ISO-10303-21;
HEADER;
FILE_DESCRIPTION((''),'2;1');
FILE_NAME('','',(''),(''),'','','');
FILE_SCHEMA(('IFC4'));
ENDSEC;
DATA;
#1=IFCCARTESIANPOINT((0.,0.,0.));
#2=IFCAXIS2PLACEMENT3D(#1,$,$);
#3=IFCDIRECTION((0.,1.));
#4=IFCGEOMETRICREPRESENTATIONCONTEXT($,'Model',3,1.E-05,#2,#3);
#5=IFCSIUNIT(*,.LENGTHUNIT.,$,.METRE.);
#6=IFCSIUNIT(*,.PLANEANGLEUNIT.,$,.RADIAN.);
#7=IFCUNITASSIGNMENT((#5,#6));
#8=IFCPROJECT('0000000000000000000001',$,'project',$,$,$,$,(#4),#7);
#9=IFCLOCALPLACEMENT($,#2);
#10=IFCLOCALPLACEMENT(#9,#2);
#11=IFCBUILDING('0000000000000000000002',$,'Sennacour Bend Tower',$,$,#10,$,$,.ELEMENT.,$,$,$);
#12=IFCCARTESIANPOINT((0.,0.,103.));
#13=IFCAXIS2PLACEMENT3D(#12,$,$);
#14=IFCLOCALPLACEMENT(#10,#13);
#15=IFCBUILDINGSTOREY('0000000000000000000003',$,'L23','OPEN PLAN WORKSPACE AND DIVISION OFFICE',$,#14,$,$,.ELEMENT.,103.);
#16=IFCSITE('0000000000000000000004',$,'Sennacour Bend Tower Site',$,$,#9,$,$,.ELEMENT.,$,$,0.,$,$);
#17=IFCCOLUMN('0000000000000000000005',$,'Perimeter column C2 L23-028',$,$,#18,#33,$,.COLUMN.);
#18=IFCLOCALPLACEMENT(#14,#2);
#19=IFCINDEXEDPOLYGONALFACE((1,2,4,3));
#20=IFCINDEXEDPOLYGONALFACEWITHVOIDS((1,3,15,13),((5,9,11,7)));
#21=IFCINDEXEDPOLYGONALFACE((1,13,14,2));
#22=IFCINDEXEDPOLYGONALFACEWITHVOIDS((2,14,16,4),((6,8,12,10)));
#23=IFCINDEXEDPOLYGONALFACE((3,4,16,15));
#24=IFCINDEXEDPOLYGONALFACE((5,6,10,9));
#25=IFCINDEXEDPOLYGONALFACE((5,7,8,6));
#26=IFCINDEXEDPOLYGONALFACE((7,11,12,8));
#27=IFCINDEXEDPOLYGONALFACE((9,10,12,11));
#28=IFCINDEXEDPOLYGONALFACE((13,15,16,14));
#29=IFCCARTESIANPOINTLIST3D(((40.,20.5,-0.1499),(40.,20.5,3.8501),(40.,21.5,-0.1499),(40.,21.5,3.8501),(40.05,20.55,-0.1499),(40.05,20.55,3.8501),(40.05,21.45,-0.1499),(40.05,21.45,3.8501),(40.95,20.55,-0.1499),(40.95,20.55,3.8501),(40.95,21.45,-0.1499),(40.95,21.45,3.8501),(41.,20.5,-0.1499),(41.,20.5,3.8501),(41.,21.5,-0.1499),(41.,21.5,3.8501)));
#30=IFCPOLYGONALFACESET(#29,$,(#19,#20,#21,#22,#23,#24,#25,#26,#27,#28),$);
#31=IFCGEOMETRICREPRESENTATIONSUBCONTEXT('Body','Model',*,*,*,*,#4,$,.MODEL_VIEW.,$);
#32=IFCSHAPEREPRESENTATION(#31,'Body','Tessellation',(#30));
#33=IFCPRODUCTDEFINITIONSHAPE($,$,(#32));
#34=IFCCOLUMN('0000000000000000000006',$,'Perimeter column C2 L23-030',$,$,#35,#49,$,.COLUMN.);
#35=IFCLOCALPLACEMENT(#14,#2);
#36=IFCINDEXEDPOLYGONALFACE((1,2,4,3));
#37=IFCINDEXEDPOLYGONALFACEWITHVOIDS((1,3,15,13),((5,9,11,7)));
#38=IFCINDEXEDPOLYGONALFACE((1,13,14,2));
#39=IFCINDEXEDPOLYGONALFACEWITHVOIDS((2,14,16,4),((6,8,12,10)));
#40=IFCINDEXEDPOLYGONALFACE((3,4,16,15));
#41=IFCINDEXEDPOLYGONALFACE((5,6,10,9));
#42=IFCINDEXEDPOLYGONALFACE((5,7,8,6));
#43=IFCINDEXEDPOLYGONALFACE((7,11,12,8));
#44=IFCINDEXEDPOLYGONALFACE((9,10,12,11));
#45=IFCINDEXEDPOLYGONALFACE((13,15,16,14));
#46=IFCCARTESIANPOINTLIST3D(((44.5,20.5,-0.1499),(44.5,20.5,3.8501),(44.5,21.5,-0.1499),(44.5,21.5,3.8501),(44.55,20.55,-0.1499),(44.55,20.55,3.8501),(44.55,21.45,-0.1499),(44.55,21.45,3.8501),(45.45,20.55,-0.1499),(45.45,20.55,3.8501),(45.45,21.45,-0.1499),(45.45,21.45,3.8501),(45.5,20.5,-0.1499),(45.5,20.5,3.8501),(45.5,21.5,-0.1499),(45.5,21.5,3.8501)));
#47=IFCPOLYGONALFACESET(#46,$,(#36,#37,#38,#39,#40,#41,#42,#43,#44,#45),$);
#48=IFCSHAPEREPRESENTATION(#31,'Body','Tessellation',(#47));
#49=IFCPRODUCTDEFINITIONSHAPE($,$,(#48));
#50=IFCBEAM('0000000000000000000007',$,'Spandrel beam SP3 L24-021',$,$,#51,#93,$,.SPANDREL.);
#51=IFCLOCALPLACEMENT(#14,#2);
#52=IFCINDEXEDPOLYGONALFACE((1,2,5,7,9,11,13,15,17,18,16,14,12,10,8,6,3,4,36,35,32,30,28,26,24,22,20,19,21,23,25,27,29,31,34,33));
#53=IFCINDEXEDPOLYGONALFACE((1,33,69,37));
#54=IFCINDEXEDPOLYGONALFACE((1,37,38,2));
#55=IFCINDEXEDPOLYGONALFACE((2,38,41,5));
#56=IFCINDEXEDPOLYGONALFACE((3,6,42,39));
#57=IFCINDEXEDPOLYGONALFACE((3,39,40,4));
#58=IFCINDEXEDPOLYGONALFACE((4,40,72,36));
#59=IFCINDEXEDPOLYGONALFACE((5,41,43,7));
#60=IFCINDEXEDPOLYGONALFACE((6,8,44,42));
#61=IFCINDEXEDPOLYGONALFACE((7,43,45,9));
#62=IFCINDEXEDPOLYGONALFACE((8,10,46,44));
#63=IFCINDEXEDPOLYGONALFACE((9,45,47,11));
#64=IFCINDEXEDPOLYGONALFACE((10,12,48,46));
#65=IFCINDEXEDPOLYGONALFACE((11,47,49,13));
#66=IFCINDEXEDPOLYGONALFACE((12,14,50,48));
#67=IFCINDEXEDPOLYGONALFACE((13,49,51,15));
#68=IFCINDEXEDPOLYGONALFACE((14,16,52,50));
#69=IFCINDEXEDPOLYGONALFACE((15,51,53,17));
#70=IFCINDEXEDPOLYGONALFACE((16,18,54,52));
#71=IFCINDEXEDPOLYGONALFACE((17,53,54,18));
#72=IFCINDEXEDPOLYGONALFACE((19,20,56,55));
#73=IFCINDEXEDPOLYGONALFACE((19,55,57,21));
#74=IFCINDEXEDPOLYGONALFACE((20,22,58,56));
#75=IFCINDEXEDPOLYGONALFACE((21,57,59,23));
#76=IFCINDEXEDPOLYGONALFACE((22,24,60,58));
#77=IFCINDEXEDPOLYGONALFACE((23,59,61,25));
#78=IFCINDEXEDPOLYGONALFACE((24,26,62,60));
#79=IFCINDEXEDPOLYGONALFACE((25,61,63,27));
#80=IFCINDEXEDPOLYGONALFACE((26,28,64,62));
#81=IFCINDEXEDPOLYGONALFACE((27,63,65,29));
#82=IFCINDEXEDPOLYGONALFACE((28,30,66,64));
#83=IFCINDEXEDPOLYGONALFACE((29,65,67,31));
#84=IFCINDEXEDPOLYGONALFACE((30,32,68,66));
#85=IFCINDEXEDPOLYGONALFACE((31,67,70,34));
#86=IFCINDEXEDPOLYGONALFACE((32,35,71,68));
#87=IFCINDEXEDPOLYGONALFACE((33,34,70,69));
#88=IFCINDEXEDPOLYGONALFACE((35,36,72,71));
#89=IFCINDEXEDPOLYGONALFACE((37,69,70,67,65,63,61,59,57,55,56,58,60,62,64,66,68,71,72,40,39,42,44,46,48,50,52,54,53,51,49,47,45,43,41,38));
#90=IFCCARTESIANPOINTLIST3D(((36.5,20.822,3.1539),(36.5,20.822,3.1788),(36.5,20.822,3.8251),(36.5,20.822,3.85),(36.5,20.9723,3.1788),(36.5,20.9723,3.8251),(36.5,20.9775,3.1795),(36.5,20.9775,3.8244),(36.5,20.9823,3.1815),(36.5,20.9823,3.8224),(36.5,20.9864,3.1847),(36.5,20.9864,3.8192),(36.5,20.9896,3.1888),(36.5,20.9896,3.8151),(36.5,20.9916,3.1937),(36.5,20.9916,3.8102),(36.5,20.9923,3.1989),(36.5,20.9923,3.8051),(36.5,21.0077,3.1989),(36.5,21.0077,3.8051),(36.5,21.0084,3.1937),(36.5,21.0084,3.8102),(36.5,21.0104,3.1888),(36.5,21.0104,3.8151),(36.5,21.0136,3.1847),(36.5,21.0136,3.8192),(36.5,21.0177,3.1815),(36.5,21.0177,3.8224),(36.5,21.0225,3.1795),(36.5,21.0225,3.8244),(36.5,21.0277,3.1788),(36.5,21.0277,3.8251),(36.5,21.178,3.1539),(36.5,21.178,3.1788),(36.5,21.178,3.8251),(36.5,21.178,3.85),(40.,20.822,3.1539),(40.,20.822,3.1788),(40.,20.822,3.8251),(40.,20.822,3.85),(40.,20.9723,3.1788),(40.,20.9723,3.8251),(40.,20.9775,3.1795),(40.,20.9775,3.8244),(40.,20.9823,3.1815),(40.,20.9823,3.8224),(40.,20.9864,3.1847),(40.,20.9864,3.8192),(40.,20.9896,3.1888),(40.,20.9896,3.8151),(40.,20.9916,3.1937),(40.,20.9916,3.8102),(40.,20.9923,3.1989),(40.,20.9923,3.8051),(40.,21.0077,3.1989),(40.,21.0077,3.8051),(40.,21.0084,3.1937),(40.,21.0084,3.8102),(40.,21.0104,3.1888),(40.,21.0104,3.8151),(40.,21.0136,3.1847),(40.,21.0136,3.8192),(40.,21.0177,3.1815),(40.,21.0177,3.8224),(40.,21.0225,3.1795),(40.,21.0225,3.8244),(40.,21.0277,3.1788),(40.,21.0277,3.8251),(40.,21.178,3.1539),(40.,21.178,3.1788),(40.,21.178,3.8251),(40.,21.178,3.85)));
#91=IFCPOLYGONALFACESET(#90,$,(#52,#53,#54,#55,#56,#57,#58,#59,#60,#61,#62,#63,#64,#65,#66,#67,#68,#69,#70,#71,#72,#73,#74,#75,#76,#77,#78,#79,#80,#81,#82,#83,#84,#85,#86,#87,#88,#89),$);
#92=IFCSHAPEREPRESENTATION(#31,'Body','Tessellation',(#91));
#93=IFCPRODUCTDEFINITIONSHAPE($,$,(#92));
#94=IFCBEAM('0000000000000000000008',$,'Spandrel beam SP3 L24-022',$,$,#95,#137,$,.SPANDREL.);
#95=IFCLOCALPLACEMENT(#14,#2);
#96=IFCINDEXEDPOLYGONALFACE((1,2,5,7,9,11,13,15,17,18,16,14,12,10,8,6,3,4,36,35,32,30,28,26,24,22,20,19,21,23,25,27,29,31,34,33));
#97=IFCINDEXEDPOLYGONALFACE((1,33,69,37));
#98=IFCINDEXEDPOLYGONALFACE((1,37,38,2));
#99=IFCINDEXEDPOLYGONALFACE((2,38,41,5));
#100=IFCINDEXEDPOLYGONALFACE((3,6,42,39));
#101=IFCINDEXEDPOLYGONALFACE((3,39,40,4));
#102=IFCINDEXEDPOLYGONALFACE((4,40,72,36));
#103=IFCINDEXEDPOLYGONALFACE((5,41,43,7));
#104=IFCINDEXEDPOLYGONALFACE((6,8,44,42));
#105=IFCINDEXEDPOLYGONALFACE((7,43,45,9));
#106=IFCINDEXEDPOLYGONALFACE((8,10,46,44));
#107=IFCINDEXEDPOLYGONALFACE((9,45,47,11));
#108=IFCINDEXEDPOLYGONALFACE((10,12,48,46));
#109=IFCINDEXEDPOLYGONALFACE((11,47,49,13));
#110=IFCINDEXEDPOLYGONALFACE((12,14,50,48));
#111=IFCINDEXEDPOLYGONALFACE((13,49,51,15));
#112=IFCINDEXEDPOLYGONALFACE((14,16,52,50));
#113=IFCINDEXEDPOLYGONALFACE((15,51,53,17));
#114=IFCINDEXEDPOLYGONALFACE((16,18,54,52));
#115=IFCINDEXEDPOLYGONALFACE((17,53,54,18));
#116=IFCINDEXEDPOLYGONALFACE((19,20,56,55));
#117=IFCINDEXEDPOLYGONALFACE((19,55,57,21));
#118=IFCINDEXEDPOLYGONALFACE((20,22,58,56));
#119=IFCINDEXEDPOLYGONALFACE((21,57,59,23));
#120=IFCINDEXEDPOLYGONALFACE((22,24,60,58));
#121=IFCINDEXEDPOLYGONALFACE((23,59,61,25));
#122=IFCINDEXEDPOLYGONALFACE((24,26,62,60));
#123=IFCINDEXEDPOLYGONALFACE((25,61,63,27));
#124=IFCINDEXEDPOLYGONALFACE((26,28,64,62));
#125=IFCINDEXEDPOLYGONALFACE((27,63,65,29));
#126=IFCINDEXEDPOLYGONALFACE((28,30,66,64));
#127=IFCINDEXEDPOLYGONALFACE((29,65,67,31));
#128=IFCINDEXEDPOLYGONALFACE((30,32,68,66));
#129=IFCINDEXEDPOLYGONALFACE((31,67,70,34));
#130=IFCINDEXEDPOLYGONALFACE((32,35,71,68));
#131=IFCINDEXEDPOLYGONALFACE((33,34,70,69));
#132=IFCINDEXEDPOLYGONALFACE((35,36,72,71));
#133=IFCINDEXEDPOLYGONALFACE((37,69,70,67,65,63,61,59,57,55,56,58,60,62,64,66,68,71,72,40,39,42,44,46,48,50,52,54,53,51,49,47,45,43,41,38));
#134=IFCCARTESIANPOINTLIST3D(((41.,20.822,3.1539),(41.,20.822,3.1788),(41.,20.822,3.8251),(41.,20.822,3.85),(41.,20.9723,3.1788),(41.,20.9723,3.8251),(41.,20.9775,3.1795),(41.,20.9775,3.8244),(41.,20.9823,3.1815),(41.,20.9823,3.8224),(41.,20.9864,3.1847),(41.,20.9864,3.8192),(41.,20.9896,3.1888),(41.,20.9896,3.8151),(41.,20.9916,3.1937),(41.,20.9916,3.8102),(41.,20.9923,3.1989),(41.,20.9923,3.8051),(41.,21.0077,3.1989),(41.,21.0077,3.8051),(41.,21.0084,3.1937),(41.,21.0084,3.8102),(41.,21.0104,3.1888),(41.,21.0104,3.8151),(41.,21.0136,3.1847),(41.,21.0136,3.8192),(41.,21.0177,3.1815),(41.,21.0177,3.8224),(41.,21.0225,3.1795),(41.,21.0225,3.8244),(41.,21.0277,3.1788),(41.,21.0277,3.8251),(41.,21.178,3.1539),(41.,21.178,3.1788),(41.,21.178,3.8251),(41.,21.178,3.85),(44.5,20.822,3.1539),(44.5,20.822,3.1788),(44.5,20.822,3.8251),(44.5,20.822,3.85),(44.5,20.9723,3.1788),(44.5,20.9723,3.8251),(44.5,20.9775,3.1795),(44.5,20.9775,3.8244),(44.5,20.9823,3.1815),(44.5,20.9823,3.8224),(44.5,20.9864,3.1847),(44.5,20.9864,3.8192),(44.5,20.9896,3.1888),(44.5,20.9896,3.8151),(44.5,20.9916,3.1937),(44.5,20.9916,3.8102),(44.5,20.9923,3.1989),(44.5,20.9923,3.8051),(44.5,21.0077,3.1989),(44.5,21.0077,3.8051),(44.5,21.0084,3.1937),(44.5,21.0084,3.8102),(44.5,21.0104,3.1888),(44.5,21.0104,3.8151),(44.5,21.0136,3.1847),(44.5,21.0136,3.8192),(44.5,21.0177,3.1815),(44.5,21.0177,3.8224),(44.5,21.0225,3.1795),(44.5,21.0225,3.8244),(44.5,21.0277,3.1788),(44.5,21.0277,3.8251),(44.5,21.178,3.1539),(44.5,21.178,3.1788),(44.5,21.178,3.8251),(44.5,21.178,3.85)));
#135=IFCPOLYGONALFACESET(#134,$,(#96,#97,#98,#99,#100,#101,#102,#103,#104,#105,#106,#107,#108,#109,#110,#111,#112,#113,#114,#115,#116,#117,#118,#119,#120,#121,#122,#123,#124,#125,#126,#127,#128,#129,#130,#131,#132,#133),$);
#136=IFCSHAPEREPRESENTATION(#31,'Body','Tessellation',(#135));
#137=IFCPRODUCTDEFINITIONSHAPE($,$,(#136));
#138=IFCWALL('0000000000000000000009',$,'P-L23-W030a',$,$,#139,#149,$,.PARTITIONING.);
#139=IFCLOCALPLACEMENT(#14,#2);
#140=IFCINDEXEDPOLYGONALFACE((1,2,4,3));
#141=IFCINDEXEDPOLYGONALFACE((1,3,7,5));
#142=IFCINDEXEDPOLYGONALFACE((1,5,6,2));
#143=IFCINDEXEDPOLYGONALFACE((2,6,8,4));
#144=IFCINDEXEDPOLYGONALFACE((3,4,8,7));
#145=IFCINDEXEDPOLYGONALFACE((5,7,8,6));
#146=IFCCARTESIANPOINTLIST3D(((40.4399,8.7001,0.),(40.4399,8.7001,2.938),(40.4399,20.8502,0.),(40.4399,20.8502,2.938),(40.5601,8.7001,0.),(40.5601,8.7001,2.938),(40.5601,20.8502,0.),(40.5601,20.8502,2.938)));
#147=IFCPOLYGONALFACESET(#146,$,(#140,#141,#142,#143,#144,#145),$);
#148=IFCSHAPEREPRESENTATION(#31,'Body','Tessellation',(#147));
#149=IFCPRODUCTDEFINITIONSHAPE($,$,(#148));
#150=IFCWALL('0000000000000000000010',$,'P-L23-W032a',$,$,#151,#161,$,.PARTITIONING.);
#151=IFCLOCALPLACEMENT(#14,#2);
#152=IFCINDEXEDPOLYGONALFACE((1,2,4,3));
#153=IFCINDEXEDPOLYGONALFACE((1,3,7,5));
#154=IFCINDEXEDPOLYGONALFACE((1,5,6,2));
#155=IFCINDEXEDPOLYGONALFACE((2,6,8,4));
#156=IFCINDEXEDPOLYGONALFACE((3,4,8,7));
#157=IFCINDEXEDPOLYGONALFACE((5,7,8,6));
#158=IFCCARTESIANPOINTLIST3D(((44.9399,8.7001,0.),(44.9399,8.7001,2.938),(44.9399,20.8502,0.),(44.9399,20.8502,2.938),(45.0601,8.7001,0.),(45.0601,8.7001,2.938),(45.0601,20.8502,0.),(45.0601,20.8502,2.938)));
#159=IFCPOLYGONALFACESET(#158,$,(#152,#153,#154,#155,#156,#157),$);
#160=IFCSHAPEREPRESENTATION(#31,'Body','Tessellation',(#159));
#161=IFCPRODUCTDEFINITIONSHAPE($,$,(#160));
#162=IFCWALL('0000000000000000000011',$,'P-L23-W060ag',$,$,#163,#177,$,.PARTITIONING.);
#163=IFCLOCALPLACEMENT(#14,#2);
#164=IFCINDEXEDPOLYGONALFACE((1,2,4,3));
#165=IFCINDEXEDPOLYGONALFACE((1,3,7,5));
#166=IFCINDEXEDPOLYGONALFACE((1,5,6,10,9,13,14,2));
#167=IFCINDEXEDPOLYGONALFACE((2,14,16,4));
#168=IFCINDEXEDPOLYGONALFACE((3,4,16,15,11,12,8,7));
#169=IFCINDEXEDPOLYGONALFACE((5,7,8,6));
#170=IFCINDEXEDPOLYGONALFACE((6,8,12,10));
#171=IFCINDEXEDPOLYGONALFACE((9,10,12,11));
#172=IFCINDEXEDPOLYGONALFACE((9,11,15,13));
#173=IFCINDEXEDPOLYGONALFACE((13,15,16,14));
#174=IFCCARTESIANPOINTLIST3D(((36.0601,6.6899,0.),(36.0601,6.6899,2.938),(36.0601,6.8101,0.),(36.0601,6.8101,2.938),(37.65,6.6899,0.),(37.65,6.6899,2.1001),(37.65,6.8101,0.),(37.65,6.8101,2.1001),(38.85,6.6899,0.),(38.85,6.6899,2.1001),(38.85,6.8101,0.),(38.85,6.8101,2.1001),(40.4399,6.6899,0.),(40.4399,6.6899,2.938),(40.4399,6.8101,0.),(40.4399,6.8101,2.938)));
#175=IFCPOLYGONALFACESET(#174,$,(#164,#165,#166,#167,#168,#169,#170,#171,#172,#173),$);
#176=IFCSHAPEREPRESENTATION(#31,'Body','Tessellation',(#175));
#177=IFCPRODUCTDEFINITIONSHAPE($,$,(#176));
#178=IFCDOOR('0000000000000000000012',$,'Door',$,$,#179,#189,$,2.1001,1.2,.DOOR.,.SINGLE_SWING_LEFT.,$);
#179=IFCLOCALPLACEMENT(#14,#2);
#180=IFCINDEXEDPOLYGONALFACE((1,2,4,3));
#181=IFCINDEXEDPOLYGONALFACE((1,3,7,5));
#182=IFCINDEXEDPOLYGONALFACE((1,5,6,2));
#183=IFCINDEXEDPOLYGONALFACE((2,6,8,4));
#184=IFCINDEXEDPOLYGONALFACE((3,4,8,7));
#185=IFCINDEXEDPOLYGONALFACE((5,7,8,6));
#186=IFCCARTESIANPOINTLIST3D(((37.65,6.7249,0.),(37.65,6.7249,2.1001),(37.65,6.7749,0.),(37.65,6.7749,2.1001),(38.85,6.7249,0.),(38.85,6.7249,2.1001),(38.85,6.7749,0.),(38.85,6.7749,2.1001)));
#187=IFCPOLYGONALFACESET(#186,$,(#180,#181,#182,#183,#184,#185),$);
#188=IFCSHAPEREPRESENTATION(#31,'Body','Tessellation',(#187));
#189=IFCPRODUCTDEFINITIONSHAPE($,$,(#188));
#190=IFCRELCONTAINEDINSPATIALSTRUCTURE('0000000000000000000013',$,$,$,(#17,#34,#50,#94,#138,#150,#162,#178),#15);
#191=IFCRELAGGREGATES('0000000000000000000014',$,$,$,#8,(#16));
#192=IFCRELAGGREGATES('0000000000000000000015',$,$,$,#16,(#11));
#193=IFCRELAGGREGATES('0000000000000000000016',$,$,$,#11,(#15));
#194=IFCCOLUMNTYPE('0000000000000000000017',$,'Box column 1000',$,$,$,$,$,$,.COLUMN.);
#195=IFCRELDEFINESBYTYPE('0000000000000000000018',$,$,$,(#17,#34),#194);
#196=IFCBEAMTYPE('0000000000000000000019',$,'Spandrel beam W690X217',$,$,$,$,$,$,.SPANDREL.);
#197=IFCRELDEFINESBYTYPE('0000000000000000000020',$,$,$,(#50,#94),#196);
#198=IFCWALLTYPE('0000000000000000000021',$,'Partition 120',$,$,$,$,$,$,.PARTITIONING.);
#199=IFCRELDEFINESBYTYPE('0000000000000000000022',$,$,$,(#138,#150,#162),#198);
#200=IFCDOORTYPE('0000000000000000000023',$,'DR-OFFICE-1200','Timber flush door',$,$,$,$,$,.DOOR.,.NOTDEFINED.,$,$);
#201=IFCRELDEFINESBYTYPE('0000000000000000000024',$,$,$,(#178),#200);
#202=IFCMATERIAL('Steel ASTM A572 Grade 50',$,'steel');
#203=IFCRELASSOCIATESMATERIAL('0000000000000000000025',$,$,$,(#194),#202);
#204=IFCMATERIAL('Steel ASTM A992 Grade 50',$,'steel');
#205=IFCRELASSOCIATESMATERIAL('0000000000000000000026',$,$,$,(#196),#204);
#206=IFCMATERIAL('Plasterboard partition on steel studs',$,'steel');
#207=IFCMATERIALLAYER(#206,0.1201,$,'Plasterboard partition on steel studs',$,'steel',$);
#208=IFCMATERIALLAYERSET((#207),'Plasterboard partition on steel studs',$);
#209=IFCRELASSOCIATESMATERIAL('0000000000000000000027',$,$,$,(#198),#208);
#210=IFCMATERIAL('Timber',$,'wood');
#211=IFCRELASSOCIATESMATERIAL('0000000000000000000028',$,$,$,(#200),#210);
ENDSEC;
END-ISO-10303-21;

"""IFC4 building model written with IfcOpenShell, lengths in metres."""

from ifc_helpers import new_model, si_unit, direction, frame, frame_2d, origin, origin_2d, place, context, subcontext, project, spatial, rectangle, hollow_rectangle, i_section, extrude, material, layer, layer_set, material_profile, profile_set, type_object, element, fill, save


model = new_model("IFC4")

# Units and contexts
model_context = context("Model", 3, precision=1e-05, world=origin(), true_north=direction((0.0, 1.0)))
body_context = subcontext(model_context, "Body", "Model", "MODEL_VIEW")
ifc_project = project(units=[si_unit("LENGTHUNIT", "METRE"), si_unit("PLANEANGLEUNIT", "RADIAN")], contexts=[model_context])

# Site, building, storey
site_placement = place(None, origin())
site = spatial("IfcSite", under=ifc_project, at=site_placement, Name="Sennacour Bend Tower Site", CompositionType="ELEMENT", RefElevation=0.0)
building_placement = place(site_placement, origin())
building = spatial("IfcBuilding", under=site, at=building_placement, Name="Sennacour Bend Tower", CompositionType="ELEMENT")
storey_placement = place(building_placement, frame((0.0, 0.0, 103.0)))
storey = spatial("IfcBuildingStorey", under=building, at=storey_placement, Name="L23", Description="OPEN PLAN WORKSPACE AND DIVISION OFFICE", CompositionType="ELEMENT", Elevation=103.0)

# Columns
ifc_material_1 = material(Name="Steel ASTM A572 Grade 50", Category="steel")
ifc_material_profile_1 = material_profile(ifc_material_1, hollow_rectangle(XDim=1.0, YDim=1.0, WallThickness=0.05, at=origin_2d()), Name="Steel ASTM A572 Grade 50", Category="steel")
ifc_profile_set_1 = profile_set([ifc_material_profile_1], Name="Steel ASTM A572 Grade 50")
column_type = type_object("IfcColumnType", Name="Box column 1000", PredefinedType="COLUMN", material=ifc_profile_set_1)
for number, where, z_axis, x_axis, name in (
    (1, (40.5, 21.0, -0.1499), (0.0, 0.0, 1.0), (1.0, 0.0, 0.0), "Perimeter column C2 L23-028"),
    (2, (45.0, 21.0, -0.1499), (0.0, 0.0, 1.0), (1.0, 0.0, 0.0), "Perimeter column C2 L23-030"),
):
    element("IfcColumn", number, at=place(storey_placement, frame(where, z_axis=z_axis, x_axis=x_axis)), inside=storey, type_object=column_type, Name=name, PredefinedType="COLUMN", context=body_context, shape_type="SweptSolid", body=[
        extrude(hollow_rectangle(XDim=1.0, YDim=1.0, WallThickness=0.05, at=origin_2d()), origin(), (0.0, 0.0, 1.0), 4.0),
    ])

# Beams
ifc_material_2 = material(Name="Steel ASTM A992 Grade 50", Category="steel")
ifc_material_profile_2 = material_profile(ifc_material_2, i_section(OverallWidth=0.356, OverallDepth=0.696, WebThickness=0.0154, FlangeThickness=0.0249, FilletRadius=0.02, at=origin_2d()), Name="Steel ASTM A992 Grade 50", Category="steel")
ifc_profile_set_2 = profile_set([ifc_material_profile_2], Name="Steel ASTM A992 Grade 50")
beam_type = type_object("IfcBeamType", Name="Spandrel beam W690X217", PredefinedType="SPANDREL", material=ifc_profile_set_2)
for number, where, z_axis, x_axis, name in (
    (3, (36.5, 21.0, 3.502), (1.0, 0.0, 0.0), (0.0, 1.0, 0.0), "Spandrel beam SP3 L24-021"),
    (4, (41.0, 21.0, 3.502), (1.0, 0.0, 0.0), (0.0, 1.0, 0.0), "Spandrel beam SP3 L24-022"),
):
    element("IfcBeam", number, at=place(storey_placement, frame(where, z_axis=z_axis, x_axis=x_axis)), inside=storey, type_object=beam_type, Name=name, PredefinedType="SPANDREL", context=body_context, shape_type="SweptSolid", body=[
        extrude(i_section(OverallWidth=0.356, OverallDepth=0.696, WebThickness=0.0154, FlangeThickness=0.0249, FilletRadius=0.02, at=origin_2d()), origin(), (0.0, 0.0, 1.0), 3.5),
    ])

# Walls
ifc_material_3 = material(Name="Plasterboard partition on steel studs", Category="steel")
ifc_layer_1 = layer(ifc_material_3, 0.1201, Name="Plasterboard partition on steel studs", Category="steel")
ifc_layer_set_1 = layer_set([ifc_layer_1], Name="Plasterboard partition on steel studs")
wall_type_1 = type_object("IfcWallType", Name="Partition 120", PredefinedType="PARTITIONING", material=ifc_layer_set_1)
for number, where, z_axis, x_axis, name in (
    (5, (40.5, 8.7, 0.0), (0.0, 0.0, 1.0), (0.0, 1.0, 0.0), "P-L23-W030a"),
    (6, (45.0, 8.7, 0.0), (0.0, 0.0, 1.0), (0.0, 1.0, 0.0), "P-L23-W032a"),
):
    element("IfcWall", number, at=place(storey_placement, frame(where, z_axis=z_axis, x_axis=x_axis)), inside=storey, type_object=wall_type_1, Name=name, PredefinedType="PARTITIONING", context=body_context, shape_type="SweptSolid", body=[
        extrude(rectangle(XDim=12.1501, YDim=0.1201, at=frame_2d((6.0752, 0.0))), origin(), (0.0, 0.0, 1.0), 2.938),
    ])

# Wall, opening, door
wall_1_placement = place(storey_placement, frame((36.0601, 6.75, 0.0), z_axis=(0.0, 0.0, 1.0), x_axis=(1.0, 0.0, 0.0)))
wall_1 = element("IfcWall", 7, at=wall_1_placement, inside=storey, type_object=wall_type_1, Name="P-L23-W060ag", PredefinedType="PARTITIONING", context=body_context, shape_type="SweptSolid", body=[
    extrude(rectangle(XDim=4.3799, YDim=0.1201, at=frame_2d((2.1899, 0.0))), origin(), (0.0, 0.0, 1.0), 2.938),
])
opening_1_placement = place(wall_1_placement, frame((1.5898, 0.0, 0.0)))
opening_1 = element("IfcOpeningElement", 8, at=opening_1_placement, cuts=wall_1, PredefinedType="OPENING", context=body_context, shape_type="SweptSolid", body=[
    extrude(rectangle(XDim=1.2, YDim=2.1001, at=frame_2d((0.6001, 1.05))), frame((0.0, 0.0701, 0.0), z_axis=(0.0, -1.0, 0.0), x_axis=(1.0, 0.0, 0.0)), (0.0, 0.0, 1.0), 0.1401),
])
ifc_material_4 = material(Name="Timber", Category="wood")
door_type_1 = type_object("IfcDoorType", Name="DR-OFFICE-1200", Description="Timber flush door", OperationType="NOTDEFINED", PredefinedType="DOOR", material=ifc_material_4)
door_1_placement = place(opening_1_placement, origin())
door_1 = element("IfcDoor", 9, at=door_1_placement, inside=storey, type_object=door_type_1, Name="Door", OperationType="SINGLE_SWING_LEFT", OverallHeight=2.1001, OverallWidth=1.2, PredefinedType="DOOR", context=body_context, shape_type="SweptSolid", body=[
    extrude(rectangle(XDim=1.2, YDim=2.1001, at=frame_2d((0.6001, 1.05))), frame((0.0, 0.0249, 0.0), z_axis=(0.0, -1.0, 0.0), x_axis=(1.0, 0.0, 0.0)), (0.0, 0.0, 1.0), 0.05),
])
fill(opening_1, door_1)

save(model, "model.ifc")
